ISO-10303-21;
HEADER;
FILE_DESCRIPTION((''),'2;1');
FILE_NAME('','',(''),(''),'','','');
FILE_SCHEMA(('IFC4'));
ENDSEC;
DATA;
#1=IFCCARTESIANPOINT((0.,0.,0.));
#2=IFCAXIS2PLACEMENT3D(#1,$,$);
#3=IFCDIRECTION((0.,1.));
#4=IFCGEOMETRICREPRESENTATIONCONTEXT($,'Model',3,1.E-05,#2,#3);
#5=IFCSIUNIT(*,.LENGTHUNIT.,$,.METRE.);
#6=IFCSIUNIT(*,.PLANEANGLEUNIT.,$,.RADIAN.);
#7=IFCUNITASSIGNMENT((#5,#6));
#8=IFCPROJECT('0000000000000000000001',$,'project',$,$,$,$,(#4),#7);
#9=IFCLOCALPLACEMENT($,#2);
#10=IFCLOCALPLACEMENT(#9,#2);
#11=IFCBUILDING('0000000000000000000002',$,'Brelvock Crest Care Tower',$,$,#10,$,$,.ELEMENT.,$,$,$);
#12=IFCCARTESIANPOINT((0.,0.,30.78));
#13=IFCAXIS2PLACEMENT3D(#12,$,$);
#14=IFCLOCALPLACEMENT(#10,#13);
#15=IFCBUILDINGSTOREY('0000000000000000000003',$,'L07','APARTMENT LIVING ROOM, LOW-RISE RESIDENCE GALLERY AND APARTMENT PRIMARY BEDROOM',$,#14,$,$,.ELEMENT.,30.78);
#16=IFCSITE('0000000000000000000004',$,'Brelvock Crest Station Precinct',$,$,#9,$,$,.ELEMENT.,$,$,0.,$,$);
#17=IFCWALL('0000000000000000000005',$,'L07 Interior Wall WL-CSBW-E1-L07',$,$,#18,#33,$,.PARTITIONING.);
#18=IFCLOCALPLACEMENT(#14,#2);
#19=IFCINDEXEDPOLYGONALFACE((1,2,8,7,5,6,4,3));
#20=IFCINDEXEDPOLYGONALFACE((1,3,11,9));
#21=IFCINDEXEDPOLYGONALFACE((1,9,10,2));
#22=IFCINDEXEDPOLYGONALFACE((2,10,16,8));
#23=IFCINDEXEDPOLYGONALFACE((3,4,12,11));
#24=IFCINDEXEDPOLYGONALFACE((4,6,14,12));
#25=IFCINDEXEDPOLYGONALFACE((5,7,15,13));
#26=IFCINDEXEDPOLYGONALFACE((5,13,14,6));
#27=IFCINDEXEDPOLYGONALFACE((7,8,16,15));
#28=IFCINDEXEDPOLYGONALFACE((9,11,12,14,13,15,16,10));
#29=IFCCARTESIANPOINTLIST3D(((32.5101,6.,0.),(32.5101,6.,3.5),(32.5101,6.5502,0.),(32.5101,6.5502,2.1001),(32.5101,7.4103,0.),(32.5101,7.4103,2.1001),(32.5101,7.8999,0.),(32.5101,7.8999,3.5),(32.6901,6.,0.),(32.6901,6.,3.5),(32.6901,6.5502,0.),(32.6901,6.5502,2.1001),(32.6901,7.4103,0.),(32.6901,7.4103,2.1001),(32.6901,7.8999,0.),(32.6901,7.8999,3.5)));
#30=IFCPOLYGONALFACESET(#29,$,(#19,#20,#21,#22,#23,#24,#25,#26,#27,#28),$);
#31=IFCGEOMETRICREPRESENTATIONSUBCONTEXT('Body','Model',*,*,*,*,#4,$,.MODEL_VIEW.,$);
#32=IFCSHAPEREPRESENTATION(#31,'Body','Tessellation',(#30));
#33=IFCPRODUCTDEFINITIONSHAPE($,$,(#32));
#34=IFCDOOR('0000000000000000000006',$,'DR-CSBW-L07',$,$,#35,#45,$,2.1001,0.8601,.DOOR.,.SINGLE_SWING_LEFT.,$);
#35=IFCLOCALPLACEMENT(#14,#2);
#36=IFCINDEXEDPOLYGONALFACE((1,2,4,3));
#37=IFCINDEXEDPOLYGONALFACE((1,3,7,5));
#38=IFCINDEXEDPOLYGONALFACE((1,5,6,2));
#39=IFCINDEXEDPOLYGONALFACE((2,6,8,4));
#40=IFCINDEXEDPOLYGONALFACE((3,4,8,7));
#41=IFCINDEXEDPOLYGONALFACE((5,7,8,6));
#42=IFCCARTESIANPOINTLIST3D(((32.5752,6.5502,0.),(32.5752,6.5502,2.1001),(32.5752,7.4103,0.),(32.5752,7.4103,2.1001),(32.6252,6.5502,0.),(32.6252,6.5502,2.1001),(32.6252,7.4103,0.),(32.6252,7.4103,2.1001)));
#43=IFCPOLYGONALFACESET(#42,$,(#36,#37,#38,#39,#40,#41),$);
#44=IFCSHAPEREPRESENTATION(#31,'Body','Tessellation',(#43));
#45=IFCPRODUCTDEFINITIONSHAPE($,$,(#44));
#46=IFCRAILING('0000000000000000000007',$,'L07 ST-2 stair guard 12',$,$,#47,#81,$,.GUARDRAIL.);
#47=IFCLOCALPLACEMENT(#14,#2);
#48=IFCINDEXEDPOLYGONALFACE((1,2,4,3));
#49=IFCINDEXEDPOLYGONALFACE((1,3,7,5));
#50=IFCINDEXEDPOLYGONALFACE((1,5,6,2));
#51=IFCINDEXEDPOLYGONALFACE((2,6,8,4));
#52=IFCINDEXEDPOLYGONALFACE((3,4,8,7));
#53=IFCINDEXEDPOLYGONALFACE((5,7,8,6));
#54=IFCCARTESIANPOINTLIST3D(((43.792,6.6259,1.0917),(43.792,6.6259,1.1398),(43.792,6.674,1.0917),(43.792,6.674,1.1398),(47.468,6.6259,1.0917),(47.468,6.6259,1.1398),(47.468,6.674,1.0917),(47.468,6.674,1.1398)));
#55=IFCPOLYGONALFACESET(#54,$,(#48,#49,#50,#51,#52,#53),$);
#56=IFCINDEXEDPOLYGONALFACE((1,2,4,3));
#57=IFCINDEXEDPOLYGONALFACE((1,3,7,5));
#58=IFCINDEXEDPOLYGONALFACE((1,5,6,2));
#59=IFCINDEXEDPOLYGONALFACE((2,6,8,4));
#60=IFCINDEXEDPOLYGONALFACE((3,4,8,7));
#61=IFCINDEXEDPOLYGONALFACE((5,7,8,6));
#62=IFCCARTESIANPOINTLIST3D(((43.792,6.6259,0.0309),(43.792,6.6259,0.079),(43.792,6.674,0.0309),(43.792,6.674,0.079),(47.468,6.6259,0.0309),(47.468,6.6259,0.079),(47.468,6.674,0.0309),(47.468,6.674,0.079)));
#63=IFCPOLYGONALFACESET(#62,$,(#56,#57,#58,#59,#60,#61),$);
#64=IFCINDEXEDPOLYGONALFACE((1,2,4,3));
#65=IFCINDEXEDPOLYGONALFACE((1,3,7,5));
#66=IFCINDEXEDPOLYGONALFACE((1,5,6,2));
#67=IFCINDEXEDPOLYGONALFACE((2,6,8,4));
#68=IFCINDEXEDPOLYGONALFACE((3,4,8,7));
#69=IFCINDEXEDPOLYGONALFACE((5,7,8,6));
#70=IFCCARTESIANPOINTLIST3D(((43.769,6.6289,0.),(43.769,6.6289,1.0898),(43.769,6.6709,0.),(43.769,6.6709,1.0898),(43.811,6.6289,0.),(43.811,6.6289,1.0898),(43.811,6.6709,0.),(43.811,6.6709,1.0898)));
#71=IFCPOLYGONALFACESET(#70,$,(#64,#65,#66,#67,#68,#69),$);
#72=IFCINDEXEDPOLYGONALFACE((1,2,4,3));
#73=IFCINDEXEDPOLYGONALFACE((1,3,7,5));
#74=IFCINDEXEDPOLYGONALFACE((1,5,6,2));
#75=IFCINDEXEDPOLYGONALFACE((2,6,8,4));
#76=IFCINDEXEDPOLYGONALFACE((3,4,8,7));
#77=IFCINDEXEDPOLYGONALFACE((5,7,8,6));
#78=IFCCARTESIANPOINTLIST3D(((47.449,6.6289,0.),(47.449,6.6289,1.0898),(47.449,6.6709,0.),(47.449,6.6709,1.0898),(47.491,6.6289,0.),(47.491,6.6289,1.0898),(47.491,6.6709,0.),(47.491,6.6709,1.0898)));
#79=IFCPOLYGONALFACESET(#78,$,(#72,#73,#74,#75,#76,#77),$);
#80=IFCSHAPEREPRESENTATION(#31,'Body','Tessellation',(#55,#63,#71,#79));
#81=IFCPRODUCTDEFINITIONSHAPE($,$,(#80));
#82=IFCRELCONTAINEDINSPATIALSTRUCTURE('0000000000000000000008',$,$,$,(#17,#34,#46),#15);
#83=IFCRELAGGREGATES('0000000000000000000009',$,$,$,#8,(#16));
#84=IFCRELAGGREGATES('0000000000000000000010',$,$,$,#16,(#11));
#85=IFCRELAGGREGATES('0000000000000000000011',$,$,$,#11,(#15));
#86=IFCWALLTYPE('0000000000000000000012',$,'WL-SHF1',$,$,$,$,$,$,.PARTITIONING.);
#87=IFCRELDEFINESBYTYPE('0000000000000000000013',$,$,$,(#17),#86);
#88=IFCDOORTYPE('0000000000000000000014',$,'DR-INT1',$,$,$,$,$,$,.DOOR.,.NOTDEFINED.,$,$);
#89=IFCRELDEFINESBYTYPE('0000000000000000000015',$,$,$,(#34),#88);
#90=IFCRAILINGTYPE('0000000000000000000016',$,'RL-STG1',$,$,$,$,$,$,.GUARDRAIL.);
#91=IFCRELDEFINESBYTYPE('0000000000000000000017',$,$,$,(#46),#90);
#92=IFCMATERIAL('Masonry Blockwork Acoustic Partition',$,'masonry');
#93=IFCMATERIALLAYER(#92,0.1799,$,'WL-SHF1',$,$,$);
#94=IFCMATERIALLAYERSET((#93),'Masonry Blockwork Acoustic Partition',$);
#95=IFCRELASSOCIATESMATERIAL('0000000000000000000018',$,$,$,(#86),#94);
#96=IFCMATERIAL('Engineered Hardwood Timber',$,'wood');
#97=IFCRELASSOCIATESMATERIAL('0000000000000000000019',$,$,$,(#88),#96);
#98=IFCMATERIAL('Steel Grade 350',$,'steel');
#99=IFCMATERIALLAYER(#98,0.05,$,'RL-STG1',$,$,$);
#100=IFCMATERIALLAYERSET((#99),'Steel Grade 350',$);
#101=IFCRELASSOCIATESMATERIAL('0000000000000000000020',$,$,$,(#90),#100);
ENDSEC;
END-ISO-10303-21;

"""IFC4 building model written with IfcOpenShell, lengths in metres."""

from ifc_helpers import new_model, si_unit, direction, frame, frame_2d, origin, origin_2d, place, context, subcontext, project, spatial, rectangle, extrude, source, transform, mapped, material, layer, layer_set, type_object, element, fill, save


model = new_model("IFC4")

# Units and contexts
model_context = context("Model", 3, precision=1e-05, world=origin(), true_north=direction((0.0, 1.0)))
body_context = subcontext(model_context, "Body", "Model", "MODEL_VIEW")
ifc_project = project(units=[si_unit("LENGTHUNIT", "METRE"), si_unit("PLANEANGLEUNIT", "RADIAN")], contexts=[model_context])

# Site, building, storey
site_placement = place(None, origin())
site = spatial("IfcSite", under=ifc_project, at=site_placement, Name="Brelvock Crest Station Precinct", CompositionType="ELEMENT", RefElevation=0.0)
building_placement = place(site_placement, origin())
building = spatial("IfcBuilding", under=site, at=building_placement, Name="Brelvock Crest Care Tower", CompositionType="ELEMENT")
storey_placement = place(building_placement, frame((0.0, 0.0, 30.78)))
storey = spatial("IfcBuildingStorey", under=building, at=storey_placement, Name="L07", Description="APARTMENT LIVING ROOM, LOW-RISE RESIDENCE GALLERY AND APARTMENT PRIMARY BEDROOM", CompositionType="ELEMENT", Elevation=30.78)

# Shared definitions
ifc_material_1 = material(Name="Steel Grade 350", Category="steel")

# Wall, opening, door
ifc_material_2 = material(Name="Masonry Blockwork Acoustic Partition", Category="masonry")
ifc_layer_1 = layer(ifc_material_2, 0.1799, Name="WL-SHF1")
ifc_layer_set_1 = layer_set([ifc_layer_1], Name="Masonry Blockwork Acoustic Partition")
wall_type_1 = type_object("IfcWallType", Name="WL-SHF1", PredefinedType="PARTITIONING", material=ifc_layer_set_1)
wall_1_placement = place(storey_placement, frame((32.6001, 6.0, 0.0), z_axis=(0.0, 0.0, 1.0), x_axis=(0.0, 1.0, 0.0)))
wall_1 = element("IfcWall", 1, at=wall_1_placement, inside=storey, type_object=wall_type_1, Name="L07 Interior Wall WL-CSBW-E1-L07", PredefinedType="PARTITIONING", context=body_context, shape_type="SweptSolid", body=[
    extrude(rectangle(XDim=1.8999, YDim=0.1799, at=frame_2d((0.95, 0.0))), origin(), (0.0, 0.0, 1.0), 3.5),
])
opening_placement = place(wall_1_placement, frame((0.55, 0.0, 0.0)))
opening = element("IfcOpeningElement", 2, at=opening_placement, cuts=wall_1, PredefinedType="OPENING", context=body_context, shape_type="SweptSolid", body=[
    extrude(rectangle(XDim=0.8601, YDim=2.1001, at=origin_2d()), frame((0.4302, 0.1001, 1.05), z_axis=(0.0, -1.0, 0.0), x_axis=(1.0, 0.0, 0.0)), (0.0, 0.0, 1.0), 0.2),
])
ifc_material_3 = material(Name="Engineered Hardwood Timber", Category="wood")
door_type = type_object("IfcDoorType", Name="DR-INT1", OperationType="NOTDEFINED", PredefinedType="DOOR", material=ifc_material_3)
shared_shape_1 = source(origin(), body_context, "Body", "SweptSolid", [
    extrude(rectangle(XDim=0.8601, YDim=2.1001, at=origin_2d()), frame((0.4302, 0.0249, 1.05), z_axis=(0.0, -1.0, 0.0), x_axis=(1.0, 0.0, 0.0)), (0.0, 0.0, 1.0), 0.05),
])
door_placement = place(opening_placement, origin())
door = element("IfcDoor", 3, at=door_placement, inside=storey, type_object=door_type, Name="DR-CSBW-L07", OperationType="SINGLE_SWING_LEFT", OverallHeight=2.1001, OverallWidth=0.8601, PredefinedType="DOOR", context=body_context, shape_type="MappedRepresentation", body=[
    mapped(shared_shape_1, transform((0.0, 0.0, 0.0), x_axis=(1.0, 0.0, 0.0), y_axis=(0.0, 1.0, 0.0), z_axis=(0.0, 0.0, 1.0), scale=1.0)),
])
fill(opening, door)

# Railing
ifc_layer_2 = layer(ifc_material_1, 0.05, Name="RL-STG1")
ifc_layer_set_2 = layer_set([ifc_layer_2], Name="Steel Grade 350")
railing_type = type_object("IfcRailingType", Name="RL-STG1", PredefinedType="GUARDRAIL", material=ifc_layer_set_2)
railing_placement = place(storey_placement, frame((43.79, 6.6499, 0.0)))
element("IfcRailing", 4, at=railing_placement, inside=storey, type_object=railing_type, Name="L07 ST-2 stair guard 12", PredefinedType="GUARDRAIL", context=body_context, shape_type="SweptSolid", body=[
    extrude(rectangle(XDim=0.0481, YDim=0.0481, at=origin_2d()), frame((0.002, 0.0, 1.1157), z_axis=(1.0, 0.0, 0.0), x_axis=(0.0, 1.0, 0.0)), (0.0, 0.0, 1.0), 3.676),
    extrude(rectangle(XDim=0.0481, YDim=0.0481, at=origin_2d()), frame((0.002, 0.0, 0.0549), z_axis=(1.0, 0.0, 0.0), x_axis=(0.0, 1.0, 0.0)), (0.0, 0.0, 1.0), 3.676),
    extrude(rectangle(XDim=0.042, YDim=0.042, at=origin_2d()), origin(), (0.0, 0.0, 1.0), 1.0898),
    extrude(rectangle(XDim=0.042, YDim=0.042, at=origin_2d()), frame((3.6799, 0.0, 0.0)), (0.0, 0.0, 1.0), 1.0898),
])

save(model, "model.ifc")
